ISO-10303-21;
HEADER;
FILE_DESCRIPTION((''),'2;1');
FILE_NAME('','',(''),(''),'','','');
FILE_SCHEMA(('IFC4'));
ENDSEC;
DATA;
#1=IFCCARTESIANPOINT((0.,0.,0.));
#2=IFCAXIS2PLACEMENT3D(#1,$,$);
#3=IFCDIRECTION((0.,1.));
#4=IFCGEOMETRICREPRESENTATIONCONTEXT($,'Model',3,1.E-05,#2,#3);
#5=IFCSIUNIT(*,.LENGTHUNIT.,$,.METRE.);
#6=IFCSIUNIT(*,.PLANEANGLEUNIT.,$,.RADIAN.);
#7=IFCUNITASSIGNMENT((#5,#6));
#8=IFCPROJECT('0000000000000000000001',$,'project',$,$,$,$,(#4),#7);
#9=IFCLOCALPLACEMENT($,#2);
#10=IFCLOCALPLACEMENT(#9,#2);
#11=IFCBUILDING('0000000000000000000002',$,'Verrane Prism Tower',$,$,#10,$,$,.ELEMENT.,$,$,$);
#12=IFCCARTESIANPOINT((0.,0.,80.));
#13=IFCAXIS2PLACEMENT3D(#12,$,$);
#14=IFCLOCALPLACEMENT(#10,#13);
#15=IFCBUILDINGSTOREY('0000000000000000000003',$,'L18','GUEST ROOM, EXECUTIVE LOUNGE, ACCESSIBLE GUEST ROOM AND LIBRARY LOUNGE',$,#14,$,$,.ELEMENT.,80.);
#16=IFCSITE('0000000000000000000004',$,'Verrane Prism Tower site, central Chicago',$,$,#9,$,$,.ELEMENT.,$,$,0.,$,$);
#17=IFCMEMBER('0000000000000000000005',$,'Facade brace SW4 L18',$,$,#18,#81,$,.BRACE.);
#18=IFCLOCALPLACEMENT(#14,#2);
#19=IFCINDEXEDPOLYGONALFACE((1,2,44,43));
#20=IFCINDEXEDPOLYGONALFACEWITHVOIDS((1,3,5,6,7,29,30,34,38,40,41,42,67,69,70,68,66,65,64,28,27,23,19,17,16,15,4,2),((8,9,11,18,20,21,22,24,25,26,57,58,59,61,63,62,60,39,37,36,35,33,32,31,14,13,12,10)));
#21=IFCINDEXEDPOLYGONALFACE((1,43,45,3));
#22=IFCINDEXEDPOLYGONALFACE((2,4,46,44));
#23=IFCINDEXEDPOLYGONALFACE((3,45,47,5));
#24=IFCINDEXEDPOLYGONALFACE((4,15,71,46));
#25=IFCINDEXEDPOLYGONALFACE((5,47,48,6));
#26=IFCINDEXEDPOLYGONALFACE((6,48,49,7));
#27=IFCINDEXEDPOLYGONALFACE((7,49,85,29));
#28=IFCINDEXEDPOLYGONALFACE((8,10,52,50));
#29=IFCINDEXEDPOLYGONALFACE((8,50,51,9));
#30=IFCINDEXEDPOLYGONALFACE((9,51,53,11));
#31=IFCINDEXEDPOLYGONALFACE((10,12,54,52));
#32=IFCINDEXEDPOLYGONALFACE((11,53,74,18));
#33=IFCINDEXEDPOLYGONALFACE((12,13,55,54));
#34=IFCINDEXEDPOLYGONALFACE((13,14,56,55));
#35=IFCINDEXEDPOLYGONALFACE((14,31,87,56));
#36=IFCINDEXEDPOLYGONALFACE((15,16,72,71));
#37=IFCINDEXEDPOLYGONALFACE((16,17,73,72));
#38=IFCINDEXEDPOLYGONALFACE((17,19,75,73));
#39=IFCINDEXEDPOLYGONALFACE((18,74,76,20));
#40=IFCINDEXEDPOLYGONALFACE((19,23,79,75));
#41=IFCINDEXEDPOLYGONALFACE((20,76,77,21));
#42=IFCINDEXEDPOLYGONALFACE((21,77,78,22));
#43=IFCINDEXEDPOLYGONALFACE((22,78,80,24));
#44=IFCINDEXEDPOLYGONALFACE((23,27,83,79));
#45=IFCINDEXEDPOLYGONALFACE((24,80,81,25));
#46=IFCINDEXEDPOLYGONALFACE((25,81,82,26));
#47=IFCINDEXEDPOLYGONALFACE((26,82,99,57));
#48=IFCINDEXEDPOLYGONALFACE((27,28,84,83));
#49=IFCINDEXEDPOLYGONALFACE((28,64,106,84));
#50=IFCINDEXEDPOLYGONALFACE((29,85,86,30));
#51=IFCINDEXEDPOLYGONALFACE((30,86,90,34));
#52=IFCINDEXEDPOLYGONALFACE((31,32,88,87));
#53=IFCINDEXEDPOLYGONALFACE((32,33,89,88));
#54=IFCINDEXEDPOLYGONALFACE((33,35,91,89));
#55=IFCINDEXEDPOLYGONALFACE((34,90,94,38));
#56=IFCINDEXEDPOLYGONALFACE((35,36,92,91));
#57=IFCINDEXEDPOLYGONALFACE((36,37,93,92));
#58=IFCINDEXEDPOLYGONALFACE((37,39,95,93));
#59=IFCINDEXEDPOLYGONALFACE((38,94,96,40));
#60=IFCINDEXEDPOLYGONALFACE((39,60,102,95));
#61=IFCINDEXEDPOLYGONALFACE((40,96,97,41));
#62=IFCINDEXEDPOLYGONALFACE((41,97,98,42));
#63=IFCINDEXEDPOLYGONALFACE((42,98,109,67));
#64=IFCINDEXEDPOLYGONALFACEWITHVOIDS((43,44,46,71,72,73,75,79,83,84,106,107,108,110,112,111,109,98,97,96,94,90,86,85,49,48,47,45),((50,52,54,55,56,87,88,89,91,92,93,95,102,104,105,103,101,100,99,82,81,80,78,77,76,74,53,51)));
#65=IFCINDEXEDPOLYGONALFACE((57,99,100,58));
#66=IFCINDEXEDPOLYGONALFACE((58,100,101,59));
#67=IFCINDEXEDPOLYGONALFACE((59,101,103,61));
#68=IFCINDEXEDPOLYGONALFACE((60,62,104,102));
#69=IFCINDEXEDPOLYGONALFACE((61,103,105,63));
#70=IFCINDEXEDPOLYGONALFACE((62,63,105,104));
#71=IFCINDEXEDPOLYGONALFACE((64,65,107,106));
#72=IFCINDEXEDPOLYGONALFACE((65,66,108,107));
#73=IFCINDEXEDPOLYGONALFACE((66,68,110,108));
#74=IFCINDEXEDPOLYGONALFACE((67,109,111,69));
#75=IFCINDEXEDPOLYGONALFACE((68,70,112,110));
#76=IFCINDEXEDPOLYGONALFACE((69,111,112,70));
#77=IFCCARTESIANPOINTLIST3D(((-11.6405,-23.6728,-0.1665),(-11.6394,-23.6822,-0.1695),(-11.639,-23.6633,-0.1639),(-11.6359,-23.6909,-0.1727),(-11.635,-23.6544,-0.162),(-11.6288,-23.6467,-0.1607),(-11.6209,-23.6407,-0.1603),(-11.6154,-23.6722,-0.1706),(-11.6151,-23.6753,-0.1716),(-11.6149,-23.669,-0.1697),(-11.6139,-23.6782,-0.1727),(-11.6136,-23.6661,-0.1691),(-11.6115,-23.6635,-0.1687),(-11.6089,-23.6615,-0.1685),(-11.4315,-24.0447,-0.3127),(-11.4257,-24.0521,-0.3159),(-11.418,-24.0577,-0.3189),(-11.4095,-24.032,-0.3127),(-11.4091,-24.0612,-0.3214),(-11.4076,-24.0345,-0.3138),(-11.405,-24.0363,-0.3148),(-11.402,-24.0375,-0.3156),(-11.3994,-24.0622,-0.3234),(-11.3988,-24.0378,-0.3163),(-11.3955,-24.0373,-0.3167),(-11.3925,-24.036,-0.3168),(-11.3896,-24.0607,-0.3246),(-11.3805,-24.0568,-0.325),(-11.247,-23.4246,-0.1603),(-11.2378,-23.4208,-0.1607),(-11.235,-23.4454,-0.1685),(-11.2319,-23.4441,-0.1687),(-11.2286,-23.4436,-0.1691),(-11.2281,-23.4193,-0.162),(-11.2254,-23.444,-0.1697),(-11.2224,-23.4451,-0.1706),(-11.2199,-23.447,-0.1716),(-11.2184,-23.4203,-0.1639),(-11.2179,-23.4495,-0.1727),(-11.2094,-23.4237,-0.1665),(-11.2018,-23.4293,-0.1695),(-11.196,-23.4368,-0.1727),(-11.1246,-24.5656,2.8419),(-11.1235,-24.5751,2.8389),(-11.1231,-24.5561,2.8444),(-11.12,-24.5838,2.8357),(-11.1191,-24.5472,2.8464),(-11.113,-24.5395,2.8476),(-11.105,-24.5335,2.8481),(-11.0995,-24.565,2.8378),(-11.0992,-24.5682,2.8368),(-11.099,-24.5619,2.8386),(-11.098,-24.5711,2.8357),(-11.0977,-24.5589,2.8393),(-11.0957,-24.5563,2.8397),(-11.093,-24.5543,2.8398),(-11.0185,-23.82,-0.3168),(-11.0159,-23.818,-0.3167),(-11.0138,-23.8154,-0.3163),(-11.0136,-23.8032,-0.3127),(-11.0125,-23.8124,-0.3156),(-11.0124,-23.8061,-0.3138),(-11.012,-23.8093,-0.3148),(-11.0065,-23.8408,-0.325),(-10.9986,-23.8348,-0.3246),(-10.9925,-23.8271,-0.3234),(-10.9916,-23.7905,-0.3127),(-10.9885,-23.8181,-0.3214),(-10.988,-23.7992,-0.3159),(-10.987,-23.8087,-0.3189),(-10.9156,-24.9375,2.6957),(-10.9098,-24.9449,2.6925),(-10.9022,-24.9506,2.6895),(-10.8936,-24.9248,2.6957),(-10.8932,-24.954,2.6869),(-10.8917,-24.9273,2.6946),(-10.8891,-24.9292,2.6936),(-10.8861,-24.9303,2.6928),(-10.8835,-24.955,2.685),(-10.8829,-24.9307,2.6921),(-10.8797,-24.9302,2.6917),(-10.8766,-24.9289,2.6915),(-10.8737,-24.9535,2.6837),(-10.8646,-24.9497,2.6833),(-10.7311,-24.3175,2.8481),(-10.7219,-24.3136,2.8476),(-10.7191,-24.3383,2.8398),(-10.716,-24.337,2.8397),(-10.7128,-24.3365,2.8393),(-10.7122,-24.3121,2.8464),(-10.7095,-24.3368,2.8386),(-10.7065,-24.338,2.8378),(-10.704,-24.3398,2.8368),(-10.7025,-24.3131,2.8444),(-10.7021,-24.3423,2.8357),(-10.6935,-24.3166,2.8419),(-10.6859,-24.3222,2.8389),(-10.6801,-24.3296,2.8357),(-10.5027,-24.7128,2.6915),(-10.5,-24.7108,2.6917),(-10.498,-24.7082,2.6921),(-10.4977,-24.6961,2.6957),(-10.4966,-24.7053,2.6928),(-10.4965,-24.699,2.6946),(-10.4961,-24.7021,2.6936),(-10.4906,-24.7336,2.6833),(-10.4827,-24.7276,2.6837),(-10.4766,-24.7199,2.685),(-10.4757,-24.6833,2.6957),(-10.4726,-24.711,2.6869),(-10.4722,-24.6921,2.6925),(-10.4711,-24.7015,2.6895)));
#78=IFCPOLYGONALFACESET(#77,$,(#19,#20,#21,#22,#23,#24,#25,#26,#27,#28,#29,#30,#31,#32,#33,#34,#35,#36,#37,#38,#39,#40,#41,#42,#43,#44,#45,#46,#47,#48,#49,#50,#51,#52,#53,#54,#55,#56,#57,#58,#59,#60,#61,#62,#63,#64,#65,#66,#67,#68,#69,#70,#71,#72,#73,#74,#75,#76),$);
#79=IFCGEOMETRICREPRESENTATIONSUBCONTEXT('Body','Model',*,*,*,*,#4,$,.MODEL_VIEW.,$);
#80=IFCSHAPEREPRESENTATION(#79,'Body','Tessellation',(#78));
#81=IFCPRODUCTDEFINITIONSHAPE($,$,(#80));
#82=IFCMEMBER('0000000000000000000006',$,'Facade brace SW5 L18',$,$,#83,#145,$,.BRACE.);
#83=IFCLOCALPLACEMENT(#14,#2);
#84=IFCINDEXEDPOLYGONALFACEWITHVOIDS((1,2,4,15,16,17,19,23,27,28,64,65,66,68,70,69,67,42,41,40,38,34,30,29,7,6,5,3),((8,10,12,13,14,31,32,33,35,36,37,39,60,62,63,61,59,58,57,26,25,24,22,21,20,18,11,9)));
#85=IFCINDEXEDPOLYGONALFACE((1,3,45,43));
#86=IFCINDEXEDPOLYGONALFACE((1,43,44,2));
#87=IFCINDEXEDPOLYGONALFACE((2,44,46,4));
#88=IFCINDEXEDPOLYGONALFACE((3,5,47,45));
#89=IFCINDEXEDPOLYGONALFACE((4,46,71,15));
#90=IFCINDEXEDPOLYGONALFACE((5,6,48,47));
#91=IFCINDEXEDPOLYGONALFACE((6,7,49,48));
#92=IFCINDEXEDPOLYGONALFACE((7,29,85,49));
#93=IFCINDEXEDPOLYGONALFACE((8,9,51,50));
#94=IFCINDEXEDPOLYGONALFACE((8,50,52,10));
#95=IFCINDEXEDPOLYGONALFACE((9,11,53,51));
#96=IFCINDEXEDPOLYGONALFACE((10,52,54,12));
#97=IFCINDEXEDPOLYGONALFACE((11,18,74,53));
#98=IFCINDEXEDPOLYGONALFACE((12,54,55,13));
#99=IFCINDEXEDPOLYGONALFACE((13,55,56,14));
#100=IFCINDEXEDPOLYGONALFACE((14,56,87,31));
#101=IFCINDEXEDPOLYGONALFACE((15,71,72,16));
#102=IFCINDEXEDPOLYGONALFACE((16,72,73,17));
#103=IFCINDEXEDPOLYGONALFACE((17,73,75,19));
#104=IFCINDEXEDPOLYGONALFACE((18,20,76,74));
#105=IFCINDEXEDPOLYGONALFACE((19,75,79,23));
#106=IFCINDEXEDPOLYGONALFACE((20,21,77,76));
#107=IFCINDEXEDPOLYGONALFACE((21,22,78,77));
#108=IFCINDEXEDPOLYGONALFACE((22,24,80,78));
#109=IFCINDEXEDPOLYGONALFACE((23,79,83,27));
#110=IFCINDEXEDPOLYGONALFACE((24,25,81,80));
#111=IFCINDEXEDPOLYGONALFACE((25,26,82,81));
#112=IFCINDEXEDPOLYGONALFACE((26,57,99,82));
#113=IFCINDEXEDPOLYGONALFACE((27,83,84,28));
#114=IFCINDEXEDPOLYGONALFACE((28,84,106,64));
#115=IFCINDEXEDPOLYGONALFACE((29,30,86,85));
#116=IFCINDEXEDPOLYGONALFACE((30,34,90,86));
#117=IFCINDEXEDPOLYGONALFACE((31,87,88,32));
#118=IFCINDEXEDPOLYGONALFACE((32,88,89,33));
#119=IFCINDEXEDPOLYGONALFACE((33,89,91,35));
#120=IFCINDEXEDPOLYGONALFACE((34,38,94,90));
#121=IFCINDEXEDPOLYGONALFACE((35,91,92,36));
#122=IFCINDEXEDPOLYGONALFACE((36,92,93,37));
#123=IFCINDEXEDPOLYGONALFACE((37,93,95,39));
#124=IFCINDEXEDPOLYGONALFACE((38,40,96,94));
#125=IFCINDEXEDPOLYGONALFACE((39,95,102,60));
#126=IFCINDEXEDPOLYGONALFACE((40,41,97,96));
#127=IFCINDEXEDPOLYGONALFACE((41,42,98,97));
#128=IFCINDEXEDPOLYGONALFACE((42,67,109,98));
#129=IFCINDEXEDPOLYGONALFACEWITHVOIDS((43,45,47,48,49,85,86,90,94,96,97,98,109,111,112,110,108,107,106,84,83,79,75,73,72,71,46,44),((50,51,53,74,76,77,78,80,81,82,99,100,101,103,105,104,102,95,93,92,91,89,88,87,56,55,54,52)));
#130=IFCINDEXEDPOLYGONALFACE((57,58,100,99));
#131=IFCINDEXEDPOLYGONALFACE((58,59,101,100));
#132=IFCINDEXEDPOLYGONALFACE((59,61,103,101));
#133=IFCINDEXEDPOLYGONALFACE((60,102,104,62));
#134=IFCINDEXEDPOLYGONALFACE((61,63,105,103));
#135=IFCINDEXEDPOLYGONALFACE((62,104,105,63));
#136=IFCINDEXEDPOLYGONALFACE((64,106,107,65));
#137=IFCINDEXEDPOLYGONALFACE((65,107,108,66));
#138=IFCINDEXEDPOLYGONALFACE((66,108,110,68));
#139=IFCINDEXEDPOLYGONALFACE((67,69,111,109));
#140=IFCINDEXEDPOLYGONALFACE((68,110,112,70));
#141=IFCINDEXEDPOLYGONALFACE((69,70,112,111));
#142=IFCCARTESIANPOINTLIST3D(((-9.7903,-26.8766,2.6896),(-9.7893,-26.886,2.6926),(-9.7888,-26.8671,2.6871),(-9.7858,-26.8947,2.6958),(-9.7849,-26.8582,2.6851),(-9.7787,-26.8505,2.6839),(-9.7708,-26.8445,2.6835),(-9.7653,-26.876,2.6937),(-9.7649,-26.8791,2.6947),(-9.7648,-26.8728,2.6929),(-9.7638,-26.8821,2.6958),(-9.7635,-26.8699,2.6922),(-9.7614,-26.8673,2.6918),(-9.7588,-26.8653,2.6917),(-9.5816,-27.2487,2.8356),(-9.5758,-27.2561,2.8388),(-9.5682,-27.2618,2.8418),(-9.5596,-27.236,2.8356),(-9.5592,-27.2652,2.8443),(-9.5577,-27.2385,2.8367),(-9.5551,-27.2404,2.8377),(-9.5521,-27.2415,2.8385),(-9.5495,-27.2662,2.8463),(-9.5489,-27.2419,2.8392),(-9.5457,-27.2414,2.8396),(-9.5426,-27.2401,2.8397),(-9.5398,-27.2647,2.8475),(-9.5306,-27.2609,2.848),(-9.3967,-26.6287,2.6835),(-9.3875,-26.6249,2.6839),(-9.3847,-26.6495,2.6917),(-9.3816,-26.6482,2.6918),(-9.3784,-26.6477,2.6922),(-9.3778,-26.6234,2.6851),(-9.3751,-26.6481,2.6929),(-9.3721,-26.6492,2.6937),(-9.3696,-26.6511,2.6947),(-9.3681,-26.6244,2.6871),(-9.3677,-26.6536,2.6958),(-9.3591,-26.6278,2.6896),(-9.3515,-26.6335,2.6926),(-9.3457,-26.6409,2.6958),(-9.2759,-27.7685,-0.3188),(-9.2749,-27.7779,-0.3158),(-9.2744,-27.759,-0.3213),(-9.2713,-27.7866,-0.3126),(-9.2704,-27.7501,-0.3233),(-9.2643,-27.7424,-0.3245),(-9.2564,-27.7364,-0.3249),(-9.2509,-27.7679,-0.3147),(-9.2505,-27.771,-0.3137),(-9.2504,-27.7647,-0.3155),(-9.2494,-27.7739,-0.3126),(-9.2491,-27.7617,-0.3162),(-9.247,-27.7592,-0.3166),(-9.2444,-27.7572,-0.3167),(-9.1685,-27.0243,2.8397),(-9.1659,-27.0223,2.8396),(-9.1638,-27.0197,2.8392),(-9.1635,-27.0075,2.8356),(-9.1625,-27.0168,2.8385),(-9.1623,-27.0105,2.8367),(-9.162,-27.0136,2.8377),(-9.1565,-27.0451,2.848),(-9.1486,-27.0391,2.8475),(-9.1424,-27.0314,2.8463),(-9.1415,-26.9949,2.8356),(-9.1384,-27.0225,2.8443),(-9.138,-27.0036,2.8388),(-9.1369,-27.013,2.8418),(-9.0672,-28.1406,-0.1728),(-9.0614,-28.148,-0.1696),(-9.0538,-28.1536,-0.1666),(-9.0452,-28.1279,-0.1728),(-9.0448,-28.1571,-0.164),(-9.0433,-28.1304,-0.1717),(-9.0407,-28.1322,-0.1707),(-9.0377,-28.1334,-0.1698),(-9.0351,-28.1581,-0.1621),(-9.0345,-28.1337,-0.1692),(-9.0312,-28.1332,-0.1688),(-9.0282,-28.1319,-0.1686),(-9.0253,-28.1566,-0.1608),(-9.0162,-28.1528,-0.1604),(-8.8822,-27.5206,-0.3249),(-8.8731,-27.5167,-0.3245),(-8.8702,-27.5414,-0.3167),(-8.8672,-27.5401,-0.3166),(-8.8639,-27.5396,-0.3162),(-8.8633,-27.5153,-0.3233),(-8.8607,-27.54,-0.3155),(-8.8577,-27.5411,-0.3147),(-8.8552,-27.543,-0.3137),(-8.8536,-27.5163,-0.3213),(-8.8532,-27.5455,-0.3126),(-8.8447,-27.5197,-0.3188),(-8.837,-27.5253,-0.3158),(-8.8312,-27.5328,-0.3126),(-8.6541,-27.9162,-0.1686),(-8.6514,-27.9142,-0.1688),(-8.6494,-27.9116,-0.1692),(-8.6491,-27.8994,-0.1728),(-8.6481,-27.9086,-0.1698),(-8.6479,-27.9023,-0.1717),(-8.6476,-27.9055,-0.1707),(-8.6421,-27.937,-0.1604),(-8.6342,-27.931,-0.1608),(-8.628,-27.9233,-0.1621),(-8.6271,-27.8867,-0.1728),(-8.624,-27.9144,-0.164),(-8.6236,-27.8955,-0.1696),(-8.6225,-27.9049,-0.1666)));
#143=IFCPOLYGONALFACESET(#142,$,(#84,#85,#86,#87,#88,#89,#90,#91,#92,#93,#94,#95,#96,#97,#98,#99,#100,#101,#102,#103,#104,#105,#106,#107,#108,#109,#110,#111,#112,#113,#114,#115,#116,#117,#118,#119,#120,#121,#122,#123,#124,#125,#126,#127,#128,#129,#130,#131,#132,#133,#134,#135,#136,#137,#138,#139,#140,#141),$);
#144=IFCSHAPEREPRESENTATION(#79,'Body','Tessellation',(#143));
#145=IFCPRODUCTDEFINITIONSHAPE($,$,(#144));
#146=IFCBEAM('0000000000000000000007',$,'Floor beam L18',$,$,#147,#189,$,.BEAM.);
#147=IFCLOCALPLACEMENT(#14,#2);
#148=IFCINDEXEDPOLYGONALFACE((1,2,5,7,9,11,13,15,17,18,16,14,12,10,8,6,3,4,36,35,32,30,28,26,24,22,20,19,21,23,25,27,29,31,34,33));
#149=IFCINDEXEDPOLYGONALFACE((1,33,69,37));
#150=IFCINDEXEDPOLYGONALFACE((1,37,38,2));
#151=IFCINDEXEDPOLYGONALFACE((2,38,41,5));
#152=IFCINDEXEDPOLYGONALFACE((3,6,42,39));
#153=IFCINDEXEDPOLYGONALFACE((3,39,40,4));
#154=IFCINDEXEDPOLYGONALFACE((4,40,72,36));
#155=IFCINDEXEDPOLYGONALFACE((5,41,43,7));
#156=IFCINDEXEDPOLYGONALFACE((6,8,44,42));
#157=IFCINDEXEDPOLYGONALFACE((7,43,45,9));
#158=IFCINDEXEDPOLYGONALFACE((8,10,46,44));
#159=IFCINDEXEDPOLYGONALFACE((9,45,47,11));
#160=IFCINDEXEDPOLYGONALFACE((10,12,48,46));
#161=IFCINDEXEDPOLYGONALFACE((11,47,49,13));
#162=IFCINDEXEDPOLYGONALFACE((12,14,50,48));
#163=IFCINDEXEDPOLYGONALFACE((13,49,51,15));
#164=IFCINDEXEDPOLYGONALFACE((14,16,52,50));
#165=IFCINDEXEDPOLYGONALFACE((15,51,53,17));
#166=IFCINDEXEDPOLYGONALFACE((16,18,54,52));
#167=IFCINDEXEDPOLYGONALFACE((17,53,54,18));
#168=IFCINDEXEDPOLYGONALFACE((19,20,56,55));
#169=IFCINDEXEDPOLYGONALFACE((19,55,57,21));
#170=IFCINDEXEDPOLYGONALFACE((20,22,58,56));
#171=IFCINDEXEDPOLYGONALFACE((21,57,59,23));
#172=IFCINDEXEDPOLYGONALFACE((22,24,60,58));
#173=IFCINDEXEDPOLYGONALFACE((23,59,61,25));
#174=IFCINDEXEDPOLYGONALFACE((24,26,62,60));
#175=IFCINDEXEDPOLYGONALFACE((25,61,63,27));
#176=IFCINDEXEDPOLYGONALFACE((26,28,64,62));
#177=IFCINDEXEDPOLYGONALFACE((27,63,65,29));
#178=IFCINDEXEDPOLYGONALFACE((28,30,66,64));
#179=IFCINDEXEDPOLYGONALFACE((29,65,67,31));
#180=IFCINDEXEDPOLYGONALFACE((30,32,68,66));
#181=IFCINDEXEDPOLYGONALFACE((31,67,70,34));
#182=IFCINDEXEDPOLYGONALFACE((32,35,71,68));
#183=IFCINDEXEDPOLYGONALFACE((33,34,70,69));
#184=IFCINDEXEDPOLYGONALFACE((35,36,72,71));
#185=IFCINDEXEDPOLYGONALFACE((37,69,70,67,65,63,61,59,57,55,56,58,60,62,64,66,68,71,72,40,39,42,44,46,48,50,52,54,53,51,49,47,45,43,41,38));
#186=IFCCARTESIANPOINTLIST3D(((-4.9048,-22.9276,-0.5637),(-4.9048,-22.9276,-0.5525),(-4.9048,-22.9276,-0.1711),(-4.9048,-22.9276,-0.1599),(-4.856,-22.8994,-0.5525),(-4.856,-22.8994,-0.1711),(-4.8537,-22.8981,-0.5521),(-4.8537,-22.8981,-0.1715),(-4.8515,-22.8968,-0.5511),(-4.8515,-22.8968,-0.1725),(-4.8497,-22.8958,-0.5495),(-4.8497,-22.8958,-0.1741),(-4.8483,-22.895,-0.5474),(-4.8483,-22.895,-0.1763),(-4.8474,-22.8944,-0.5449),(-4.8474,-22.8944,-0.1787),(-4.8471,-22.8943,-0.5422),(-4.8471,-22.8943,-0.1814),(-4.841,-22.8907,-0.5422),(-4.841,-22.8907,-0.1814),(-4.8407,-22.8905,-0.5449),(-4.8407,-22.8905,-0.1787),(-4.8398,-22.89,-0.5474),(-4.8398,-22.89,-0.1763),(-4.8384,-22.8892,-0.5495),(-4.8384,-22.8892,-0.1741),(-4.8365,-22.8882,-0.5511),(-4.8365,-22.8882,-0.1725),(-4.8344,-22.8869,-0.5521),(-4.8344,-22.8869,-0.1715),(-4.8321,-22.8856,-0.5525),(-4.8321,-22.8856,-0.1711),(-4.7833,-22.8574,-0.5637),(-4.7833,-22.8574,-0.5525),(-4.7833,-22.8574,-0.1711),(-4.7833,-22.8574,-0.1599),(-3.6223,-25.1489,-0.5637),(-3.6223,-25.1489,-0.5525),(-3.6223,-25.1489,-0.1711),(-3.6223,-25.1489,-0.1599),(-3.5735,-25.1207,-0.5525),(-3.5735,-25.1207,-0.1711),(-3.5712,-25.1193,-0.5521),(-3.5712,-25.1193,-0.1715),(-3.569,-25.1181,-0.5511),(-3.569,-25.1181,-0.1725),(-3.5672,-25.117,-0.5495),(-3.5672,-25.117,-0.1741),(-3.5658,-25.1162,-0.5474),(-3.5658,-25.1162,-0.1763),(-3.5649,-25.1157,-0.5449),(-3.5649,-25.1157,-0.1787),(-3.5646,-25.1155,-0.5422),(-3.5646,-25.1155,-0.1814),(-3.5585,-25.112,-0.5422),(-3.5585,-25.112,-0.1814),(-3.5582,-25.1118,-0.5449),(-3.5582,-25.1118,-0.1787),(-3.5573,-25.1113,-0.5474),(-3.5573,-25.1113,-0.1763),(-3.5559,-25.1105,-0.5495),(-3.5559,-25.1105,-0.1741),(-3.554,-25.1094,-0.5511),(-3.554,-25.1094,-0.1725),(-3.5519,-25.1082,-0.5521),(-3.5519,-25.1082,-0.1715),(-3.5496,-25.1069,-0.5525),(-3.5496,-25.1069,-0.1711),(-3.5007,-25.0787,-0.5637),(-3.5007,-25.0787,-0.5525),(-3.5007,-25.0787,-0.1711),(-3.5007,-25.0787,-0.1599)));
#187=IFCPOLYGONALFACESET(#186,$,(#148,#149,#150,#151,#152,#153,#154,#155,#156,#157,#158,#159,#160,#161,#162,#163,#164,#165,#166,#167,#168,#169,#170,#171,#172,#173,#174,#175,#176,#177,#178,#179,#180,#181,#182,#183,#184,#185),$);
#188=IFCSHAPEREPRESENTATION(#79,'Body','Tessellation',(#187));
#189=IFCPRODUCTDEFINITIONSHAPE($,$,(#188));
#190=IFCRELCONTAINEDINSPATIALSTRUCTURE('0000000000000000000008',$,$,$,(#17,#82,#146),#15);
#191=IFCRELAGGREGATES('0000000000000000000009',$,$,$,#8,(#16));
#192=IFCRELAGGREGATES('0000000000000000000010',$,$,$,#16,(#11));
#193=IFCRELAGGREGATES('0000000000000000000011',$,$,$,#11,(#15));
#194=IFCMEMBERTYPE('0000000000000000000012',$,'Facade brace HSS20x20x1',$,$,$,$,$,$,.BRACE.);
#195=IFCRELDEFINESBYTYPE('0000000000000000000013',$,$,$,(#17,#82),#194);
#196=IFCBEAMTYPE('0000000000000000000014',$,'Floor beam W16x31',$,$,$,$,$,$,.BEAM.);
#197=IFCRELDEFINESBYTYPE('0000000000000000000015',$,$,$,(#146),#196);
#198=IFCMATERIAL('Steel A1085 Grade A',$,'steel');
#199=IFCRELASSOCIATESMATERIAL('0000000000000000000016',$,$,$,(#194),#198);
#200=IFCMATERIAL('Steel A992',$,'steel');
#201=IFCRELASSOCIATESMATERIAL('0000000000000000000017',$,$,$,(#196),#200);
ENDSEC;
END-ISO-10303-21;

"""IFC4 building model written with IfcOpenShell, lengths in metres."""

from ifc_helpers import new_model, si_unit, direction, frame, origin, origin_2d, place, context, subcontext, project, spatial, hollow_rectangle, i_section, extrude, material, material_profile, profile_set, type_object, element, save


model = new_model("IFC4")

# Units and contexts
model_context = context("Model", 3, precision=1e-05, world=origin(), true_north=direction((0.0, 1.0)))
body_context = subcontext(model_context, "Body", "Model", "MODEL_VIEW")
ifc_project = project(units=[si_unit("LENGTHUNIT", "METRE"), si_unit("PLANEANGLEUNIT", "RADIAN")], contexts=[model_context])

# Site, building, storey
site_placement = place(None, origin())
site = spatial("IfcSite", under=ifc_project, at=site_placement, Name="Verrane Prism Tower site, central Chicago", CompositionType="ELEMENT", RefElevation=0.0)
building_placement = place(site_placement, origin())
building = spatial("IfcBuilding", under=site, at=building_placement, Name="Verrane Prism Tower", CompositionType="ELEMENT")
storey_placement = place(building_placement, frame((0.0, 0.0, 80.0)))
storey = spatial("IfcBuildingStorey", under=building, at=storey_placement, Name="L18", Description="GUEST ROOM, EXECUTIVE LOUNGE, ACCESSIBLE GUEST ROOM AND LIBRARY LOUNGE", CompositionType="ELEMENT", Elevation=80.0)

# Members
ifc_material_1 = material(Name="Steel A1085 Grade A", Category="steel")
ifc_material_profile_1 = material_profile(ifc_material_1, hollow_rectangle(XDim=0.5081, YDim=0.5081, WallThickness=0.0254, InnerFilletRadius=0.0127, OuterFilletRadius=0.0381, at=origin_2d()), Name="HSS20x20x1")
ifc_profile_set_1 = profile_set([ifc_material_profile_1], Name="Steel A1085 Grade A")
member_type_1 = type_object("IfcMemberType", Name="Facade brace HSS20x20x1", PredefinedType="BRACE", material=ifc_profile_set_1)
member_1_placement = place(storey_placement, frame((-11.3137, -23.7407, -0.2427), z_axis=(0.162217, -0.280752, 0.945973), x_axis=(0.865858, 0.500289, 0.0)))
element("IfcMember", 1, at=member_1_placement, inside=storey, type_object=member_type_1, Name="Facade brace SW4 L18", PredefinedType="BRACE", context=body_context, shape_type="SweptSolid", body=[
    extrude(hollow_rectangle(XDim=0.5081, YDim=0.5081, WallThickness=0.0254, InnerFilletRadius=0.0127, OuterFilletRadius=0.0381, at=origin_2d()), origin(), (0.0, 0.0, 1.0), 3.1802),
])
member_2_placement = place(storey_placement, frame((-8.9492, -27.8367, -0.2427), z_axis=(-0.161783, 0.28049, 0.946125), x_axis=(-0.866237, -0.499633, 0.0)))
element("IfcMember", 2, at=member_2_placement, inside=storey, type_object=member_type_1, Name="Facade brace SW5 L18", PredefinedType="BRACE", context=body_context, shape_type="SweptSolid", body=[
    extrude(hollow_rectangle(XDim=0.5081, YDim=0.5081, WallThickness=0.0254, InnerFilletRadius=0.0127, OuterFilletRadius=0.0381, at=origin_2d()), origin(), (0.0, 0.0, 1.0), 3.1797),
])

# Beam
ifc_material_2 = material(Name="Steel A992", Category="steel")
ifc_material_profile_2 = material_profile(ifc_material_2, i_section(OverallWidth=0.1404, OverallDepth=0.4038, WebThickness=0.0071, FlangeThickness=0.0112, FilletRadius=0.0103, at=origin_2d()), Name="W16x31")
ifc_profile_set_2 = profile_set([ifc_material_profile_2], Name="Steel A992")
beam_type_1 = type_object("IfcBeamType", Name="Floor beam W16x31", PredefinedType="BEAM", material=ifc_profile_set_2)
beam_1_placement = place(storey_placement, frame((-3.5615, -25.1138, -0.3618), z_axis=(-0.500019, 0.866014, 0.0), x_axis=(-0.866014, -0.500019, 0.0)))
element("IfcBeam", 3, at=beam_1_placement, inside=storey, type_object=beam_type_1, Name="Floor beam L18", PredefinedType="BEAM", context=body_context, shape_type="SweptSolid", body=[
    extrude(i_section(OverallWidth=0.1404, OverallDepth=0.4038, WebThickness=0.0071, FlangeThickness=0.0112, FilletRadius=0.0103, at=origin_2d()), origin(), (0.0, 0.0, 1.0), 2.5649),
])

save(model, "model.ifc")
